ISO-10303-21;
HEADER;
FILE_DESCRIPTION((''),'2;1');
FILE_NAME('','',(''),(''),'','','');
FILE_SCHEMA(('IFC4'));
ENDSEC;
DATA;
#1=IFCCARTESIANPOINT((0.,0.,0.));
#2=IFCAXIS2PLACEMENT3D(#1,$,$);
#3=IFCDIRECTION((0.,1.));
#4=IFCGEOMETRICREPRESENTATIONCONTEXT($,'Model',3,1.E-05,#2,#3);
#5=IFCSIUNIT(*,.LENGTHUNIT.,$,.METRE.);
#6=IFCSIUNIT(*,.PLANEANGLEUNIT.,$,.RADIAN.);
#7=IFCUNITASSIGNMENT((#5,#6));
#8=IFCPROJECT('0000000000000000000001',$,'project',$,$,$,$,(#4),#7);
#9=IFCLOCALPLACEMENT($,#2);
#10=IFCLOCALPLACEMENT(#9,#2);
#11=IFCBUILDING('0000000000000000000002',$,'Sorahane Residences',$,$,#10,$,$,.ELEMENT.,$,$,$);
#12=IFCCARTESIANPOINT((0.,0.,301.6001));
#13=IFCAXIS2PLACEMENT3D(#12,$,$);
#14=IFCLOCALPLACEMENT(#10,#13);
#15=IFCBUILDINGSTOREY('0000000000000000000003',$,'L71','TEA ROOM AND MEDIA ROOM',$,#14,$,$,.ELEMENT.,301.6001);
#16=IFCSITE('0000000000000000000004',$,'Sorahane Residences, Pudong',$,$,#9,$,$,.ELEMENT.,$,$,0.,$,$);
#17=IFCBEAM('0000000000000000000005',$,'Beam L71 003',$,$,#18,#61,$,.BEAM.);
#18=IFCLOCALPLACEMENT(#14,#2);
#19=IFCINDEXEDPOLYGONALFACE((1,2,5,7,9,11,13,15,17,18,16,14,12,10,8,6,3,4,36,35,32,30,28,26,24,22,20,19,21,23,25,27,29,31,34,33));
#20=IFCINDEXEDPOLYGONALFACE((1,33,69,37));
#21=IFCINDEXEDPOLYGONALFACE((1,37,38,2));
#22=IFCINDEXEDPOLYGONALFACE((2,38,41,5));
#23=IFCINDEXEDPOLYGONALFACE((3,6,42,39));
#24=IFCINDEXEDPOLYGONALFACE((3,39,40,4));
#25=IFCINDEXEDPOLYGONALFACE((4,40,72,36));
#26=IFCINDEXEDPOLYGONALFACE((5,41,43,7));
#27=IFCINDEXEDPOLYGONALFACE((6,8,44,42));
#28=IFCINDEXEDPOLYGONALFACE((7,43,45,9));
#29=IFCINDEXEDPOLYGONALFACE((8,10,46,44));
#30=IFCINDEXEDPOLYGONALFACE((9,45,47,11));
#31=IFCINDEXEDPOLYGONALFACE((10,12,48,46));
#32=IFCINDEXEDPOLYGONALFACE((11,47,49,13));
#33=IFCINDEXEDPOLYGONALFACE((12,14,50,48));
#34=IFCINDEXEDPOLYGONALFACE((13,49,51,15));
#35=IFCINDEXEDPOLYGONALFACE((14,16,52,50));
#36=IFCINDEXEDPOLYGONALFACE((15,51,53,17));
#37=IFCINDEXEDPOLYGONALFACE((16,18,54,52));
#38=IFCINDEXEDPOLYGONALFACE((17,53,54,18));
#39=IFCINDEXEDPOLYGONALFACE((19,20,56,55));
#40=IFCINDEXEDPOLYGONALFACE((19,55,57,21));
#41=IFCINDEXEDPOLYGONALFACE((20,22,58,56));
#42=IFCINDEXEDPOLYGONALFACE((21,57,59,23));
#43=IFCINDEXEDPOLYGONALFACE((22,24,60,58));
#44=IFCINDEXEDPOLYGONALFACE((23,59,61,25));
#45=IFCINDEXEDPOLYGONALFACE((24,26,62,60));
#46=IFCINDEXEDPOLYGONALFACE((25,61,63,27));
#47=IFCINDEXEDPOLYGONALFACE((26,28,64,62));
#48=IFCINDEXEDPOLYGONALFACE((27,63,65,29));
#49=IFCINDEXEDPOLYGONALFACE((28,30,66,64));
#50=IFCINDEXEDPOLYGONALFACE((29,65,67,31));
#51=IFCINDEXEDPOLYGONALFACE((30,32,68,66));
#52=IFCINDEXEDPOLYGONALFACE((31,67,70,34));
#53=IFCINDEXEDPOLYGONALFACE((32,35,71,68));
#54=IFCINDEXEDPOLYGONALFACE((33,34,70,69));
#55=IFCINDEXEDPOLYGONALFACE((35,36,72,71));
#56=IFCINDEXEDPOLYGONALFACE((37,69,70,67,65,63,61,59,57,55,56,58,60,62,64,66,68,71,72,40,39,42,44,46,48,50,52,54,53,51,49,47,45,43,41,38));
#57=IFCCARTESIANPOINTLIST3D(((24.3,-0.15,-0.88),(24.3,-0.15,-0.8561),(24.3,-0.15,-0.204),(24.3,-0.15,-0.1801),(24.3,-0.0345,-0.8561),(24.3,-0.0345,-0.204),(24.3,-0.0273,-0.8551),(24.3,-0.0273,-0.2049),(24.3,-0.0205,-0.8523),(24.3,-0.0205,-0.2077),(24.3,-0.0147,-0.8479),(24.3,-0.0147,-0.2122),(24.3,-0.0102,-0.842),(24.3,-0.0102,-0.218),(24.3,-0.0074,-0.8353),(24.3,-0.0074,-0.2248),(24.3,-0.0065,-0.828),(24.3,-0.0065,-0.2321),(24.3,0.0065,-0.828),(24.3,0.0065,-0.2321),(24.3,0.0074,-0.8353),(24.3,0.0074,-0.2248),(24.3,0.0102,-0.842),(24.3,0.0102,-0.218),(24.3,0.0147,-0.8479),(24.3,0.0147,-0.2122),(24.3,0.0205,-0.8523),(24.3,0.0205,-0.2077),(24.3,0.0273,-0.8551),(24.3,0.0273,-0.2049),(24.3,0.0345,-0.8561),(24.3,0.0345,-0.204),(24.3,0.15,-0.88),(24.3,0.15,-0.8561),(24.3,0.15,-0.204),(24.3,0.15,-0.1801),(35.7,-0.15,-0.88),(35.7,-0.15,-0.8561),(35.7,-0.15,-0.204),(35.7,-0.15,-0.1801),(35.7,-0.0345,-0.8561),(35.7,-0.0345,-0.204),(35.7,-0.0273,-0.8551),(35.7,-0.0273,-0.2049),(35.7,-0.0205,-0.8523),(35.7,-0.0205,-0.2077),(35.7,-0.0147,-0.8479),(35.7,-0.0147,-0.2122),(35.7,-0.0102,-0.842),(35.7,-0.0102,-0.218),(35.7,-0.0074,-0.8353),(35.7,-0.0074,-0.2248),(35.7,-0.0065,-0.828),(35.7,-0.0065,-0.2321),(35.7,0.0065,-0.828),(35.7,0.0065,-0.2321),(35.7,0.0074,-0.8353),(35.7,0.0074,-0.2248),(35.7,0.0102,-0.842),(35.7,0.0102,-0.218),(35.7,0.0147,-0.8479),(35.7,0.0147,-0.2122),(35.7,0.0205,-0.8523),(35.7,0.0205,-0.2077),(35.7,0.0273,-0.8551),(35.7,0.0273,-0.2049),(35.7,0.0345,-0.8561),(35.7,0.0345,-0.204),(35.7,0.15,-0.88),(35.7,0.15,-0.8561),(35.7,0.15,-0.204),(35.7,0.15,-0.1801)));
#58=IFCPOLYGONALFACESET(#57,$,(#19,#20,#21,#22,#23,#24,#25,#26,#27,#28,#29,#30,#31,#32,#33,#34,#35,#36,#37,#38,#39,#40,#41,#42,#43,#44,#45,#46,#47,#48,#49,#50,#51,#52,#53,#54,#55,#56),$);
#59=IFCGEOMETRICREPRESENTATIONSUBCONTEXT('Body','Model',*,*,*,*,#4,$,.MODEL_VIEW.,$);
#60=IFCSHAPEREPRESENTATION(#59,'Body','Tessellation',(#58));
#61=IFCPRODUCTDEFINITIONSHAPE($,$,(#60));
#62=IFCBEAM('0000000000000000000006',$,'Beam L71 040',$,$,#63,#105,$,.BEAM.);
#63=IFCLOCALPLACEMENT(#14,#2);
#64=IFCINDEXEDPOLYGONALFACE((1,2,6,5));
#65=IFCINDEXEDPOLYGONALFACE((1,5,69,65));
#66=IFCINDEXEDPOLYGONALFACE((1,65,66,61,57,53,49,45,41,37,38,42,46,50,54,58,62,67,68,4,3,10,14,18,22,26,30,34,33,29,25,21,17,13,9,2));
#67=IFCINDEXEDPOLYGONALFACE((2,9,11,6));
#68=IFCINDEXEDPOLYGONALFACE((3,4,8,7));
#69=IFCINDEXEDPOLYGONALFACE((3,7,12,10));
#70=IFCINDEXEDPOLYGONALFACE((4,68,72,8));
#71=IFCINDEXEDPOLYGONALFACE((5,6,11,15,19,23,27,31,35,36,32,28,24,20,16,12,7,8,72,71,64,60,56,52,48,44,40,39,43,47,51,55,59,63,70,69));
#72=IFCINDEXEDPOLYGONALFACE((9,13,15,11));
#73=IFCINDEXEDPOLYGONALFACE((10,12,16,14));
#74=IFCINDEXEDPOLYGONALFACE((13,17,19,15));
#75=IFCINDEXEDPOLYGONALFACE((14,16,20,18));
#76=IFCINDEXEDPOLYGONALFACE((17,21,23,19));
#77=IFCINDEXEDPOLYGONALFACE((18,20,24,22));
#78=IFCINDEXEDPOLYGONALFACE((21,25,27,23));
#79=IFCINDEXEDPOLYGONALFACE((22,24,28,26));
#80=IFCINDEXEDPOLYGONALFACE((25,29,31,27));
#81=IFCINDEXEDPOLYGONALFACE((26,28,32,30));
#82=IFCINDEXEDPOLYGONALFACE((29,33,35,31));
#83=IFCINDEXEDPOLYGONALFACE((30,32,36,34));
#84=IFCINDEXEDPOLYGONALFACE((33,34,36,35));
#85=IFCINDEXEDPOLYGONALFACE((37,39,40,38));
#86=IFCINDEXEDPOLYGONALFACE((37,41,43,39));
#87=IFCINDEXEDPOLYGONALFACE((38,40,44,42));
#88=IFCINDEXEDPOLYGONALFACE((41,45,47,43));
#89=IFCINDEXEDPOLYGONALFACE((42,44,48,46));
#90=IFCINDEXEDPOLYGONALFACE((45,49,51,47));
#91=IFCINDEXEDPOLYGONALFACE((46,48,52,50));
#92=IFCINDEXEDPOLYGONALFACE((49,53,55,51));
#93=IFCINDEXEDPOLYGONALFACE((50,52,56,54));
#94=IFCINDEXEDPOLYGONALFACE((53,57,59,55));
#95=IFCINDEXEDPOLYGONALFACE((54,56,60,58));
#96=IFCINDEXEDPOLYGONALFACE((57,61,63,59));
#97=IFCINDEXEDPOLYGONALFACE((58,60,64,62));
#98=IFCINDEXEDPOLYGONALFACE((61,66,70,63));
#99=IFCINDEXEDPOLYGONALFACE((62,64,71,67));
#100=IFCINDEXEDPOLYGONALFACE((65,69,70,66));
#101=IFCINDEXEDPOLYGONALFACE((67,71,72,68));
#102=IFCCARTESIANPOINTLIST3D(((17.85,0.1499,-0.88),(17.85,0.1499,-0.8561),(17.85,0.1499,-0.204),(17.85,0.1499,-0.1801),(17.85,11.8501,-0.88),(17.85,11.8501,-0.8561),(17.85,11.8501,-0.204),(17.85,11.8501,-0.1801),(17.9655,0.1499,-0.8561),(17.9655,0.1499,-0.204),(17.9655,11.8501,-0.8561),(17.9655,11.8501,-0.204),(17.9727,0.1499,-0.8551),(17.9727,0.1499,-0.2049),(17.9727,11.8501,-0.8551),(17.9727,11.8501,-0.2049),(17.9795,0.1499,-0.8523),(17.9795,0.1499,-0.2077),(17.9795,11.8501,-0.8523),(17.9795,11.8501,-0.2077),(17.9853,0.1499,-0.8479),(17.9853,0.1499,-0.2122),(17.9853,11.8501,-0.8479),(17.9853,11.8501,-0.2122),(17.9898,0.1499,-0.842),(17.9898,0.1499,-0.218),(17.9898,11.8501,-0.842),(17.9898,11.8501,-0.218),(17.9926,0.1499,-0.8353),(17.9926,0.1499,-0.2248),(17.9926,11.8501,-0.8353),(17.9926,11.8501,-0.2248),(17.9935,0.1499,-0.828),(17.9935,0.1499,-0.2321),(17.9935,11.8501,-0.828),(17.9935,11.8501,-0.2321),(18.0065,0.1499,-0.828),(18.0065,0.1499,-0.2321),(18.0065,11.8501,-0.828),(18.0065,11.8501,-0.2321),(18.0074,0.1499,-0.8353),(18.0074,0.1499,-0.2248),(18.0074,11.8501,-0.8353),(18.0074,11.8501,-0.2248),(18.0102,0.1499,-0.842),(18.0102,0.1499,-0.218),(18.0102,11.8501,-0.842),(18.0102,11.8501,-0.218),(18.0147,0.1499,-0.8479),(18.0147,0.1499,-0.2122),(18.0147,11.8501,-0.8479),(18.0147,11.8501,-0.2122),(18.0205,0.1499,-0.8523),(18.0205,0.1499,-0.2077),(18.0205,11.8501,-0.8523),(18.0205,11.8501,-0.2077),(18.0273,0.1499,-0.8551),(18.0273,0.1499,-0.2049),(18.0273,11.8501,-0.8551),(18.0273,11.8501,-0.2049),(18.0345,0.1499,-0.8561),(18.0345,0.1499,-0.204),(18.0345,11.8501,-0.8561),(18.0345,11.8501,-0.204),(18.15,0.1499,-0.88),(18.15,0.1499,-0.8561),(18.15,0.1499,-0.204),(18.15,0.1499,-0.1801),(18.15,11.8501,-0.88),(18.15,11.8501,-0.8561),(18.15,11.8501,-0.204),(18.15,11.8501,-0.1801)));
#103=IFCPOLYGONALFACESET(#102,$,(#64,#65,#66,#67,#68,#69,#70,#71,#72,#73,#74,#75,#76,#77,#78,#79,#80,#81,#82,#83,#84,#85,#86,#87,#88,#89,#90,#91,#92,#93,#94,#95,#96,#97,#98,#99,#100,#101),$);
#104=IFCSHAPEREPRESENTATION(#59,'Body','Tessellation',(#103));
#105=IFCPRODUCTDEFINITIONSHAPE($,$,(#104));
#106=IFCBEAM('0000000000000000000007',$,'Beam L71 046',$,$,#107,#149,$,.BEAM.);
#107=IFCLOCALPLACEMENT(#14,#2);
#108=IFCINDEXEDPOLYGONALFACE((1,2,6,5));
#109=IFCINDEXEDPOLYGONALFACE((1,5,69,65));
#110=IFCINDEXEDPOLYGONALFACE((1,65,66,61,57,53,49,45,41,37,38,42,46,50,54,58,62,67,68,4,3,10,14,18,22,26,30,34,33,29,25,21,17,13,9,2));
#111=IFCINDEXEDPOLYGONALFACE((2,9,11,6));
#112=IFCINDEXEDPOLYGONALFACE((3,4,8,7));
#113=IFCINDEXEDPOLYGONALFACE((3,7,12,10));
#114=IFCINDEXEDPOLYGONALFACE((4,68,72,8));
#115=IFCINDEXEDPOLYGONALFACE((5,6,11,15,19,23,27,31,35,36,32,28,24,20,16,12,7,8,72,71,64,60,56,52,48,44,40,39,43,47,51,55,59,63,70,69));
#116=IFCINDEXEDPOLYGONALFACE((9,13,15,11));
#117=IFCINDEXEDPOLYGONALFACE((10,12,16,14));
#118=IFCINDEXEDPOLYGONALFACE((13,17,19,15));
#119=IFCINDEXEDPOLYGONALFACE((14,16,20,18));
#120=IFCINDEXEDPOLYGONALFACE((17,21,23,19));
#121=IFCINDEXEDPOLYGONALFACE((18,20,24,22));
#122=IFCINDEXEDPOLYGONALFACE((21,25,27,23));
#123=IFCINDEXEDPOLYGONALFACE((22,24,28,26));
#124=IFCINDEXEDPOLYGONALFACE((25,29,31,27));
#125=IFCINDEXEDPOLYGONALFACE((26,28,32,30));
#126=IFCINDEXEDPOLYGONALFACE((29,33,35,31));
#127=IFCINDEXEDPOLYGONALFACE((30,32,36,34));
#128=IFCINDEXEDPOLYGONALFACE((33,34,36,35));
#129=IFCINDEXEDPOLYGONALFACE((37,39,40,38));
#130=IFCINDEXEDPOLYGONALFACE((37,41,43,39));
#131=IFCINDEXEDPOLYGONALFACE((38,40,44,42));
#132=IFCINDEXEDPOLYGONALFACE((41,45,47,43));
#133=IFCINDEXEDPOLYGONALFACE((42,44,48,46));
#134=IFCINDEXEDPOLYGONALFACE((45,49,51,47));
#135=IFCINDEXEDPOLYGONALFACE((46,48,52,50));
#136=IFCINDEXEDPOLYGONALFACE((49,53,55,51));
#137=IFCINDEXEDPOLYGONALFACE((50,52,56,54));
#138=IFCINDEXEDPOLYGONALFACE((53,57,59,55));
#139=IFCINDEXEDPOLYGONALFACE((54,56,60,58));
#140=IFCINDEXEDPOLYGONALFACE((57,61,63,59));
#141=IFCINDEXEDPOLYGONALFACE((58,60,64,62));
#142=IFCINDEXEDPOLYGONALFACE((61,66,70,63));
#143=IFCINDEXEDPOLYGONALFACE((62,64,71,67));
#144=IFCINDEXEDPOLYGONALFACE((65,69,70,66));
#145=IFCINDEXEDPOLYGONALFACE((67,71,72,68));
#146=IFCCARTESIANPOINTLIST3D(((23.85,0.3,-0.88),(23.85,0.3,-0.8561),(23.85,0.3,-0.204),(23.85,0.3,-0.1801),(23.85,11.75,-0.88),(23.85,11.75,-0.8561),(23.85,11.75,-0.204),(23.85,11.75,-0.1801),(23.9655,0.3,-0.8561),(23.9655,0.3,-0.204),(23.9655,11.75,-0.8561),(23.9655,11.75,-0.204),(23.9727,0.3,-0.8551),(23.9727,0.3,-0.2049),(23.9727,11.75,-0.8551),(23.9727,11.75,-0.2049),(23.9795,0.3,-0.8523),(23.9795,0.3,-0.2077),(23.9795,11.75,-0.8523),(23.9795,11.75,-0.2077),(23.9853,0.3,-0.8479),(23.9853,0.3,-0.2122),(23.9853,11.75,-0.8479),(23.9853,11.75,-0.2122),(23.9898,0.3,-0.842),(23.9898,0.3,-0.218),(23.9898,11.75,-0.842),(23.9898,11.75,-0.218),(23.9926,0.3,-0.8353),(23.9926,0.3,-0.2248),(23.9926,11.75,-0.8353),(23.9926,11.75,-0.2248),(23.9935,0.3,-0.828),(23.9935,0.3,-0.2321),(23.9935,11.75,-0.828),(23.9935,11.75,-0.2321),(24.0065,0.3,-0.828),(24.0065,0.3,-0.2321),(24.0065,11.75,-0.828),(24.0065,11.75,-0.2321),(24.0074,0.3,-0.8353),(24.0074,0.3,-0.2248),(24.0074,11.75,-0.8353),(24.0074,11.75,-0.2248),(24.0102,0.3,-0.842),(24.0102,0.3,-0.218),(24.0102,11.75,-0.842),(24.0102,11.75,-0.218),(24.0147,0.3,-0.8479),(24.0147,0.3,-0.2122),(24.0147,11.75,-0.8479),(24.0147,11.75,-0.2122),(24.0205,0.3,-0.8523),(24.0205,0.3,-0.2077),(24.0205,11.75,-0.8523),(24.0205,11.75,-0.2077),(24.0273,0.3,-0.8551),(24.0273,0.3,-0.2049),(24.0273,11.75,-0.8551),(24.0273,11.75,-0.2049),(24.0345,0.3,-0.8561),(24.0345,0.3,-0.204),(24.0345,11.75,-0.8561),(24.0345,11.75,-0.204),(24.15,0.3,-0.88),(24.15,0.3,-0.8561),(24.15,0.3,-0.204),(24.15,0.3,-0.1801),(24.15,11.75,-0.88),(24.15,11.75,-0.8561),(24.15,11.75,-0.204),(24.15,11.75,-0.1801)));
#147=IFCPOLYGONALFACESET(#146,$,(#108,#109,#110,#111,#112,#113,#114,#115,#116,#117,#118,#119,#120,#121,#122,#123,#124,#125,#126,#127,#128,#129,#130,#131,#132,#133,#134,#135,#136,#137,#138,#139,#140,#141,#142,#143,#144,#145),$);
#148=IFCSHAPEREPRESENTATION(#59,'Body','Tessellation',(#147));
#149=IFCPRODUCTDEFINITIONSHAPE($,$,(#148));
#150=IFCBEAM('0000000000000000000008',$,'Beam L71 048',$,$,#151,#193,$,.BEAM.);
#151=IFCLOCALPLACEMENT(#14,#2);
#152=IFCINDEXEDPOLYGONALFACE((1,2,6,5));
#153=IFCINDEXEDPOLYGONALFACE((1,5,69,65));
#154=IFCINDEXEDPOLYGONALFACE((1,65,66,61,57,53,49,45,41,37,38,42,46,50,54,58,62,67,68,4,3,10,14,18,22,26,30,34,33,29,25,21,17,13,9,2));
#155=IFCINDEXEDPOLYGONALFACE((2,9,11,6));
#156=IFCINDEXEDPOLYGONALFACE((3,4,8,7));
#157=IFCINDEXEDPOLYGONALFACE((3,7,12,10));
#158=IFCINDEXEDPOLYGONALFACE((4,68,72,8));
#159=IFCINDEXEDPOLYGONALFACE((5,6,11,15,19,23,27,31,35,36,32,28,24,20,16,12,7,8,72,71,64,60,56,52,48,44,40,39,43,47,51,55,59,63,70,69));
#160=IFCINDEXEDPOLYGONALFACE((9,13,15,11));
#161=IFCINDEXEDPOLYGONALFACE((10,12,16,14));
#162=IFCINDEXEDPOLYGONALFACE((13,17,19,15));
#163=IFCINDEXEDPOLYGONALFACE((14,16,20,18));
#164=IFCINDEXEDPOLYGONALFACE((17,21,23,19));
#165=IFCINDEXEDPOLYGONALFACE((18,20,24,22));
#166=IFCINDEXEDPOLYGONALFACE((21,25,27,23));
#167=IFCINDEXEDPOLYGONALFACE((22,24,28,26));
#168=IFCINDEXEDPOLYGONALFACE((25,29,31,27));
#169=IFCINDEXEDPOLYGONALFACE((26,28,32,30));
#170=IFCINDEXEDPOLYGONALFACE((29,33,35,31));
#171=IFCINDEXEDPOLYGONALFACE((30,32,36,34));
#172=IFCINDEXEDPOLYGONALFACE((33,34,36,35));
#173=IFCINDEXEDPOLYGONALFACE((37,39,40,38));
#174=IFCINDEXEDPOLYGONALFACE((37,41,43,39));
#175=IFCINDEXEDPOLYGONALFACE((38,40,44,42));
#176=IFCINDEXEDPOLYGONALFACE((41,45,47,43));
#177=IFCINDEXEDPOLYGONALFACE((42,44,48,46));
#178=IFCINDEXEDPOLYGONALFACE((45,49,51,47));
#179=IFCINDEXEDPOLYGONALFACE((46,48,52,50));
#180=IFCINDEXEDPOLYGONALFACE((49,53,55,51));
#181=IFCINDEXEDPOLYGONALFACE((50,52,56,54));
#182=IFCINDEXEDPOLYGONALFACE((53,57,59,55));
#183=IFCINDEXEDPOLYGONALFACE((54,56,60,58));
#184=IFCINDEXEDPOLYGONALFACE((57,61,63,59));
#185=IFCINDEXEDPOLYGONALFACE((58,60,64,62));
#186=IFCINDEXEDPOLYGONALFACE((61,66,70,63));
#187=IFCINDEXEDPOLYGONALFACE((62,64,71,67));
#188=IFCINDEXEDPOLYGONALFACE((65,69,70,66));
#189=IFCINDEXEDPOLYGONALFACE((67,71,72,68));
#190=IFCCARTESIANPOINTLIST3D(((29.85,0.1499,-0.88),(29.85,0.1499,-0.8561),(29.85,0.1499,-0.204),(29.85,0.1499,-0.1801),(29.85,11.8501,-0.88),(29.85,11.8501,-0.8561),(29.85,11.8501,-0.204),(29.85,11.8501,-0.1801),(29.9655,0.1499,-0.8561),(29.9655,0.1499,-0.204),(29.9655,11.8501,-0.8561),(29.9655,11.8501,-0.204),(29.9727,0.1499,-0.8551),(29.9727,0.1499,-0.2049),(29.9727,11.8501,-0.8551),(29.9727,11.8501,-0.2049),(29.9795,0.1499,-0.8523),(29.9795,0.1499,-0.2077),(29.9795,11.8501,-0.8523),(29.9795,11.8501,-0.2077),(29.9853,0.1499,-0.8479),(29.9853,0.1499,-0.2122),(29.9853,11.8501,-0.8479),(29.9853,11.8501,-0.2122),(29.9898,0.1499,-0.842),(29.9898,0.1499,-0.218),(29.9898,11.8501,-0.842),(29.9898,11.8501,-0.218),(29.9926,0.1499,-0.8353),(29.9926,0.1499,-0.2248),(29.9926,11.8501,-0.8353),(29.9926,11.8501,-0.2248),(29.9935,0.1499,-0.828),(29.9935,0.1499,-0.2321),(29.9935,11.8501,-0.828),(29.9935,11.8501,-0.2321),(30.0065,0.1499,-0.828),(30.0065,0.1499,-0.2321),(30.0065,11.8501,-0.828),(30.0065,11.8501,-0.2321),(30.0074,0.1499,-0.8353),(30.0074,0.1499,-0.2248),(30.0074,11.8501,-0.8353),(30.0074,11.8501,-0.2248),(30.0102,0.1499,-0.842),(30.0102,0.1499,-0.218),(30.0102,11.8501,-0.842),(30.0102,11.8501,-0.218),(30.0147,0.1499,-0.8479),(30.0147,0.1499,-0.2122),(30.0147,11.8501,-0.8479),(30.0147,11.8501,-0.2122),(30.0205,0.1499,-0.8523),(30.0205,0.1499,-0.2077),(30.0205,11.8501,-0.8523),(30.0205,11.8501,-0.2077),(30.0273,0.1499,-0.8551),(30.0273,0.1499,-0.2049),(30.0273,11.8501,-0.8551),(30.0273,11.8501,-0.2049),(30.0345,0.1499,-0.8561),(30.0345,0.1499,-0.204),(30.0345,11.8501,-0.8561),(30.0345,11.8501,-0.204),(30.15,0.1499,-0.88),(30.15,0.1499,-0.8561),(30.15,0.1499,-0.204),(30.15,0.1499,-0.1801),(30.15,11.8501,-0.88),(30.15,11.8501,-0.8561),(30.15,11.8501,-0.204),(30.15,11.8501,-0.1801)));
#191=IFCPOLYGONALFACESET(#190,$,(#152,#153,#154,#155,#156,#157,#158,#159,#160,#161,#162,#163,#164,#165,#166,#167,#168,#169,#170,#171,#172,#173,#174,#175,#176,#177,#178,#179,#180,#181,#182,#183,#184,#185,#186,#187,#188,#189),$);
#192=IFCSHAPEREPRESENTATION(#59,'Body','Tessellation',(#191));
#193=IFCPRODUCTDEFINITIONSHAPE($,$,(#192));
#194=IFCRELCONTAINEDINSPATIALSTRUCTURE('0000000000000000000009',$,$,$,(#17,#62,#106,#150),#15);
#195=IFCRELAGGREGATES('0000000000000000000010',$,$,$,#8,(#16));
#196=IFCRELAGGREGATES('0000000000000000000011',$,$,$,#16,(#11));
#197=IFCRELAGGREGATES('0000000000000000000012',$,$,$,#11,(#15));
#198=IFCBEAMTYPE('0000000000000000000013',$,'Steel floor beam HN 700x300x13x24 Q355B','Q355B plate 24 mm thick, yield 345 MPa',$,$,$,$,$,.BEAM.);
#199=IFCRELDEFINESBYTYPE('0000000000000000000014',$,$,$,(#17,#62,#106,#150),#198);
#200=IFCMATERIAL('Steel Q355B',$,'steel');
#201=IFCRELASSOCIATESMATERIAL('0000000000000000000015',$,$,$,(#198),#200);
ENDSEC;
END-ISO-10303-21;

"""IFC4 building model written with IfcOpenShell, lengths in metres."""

from ifc_helpers import new_model, si_unit, direction, frame, origin, origin_2d, place, context, subcontext, project, spatial, i_section, extrude, material, material_profile, profile_set, type_object, element, save


model = new_model("IFC4")

# Units and contexts
model_context = context("Model", 3, precision=1e-05, world=origin(), true_north=direction((0.0, 1.0)))
body_context = subcontext(model_context, "Body", "Model", "MODEL_VIEW")
ifc_project = project(units=[si_unit("LENGTHUNIT", "METRE"), si_unit("PLANEANGLEUNIT", "RADIAN")], contexts=[model_context])

# Site, building, storey
site_placement = place(None, origin())
site = spatial("IfcSite", under=ifc_project, at=site_placement, Name="Sorahane Residences, Pudong", CompositionType="ELEMENT", RefElevation=0.0)
building_placement = place(site_placement, origin())
building = spatial("IfcBuilding", under=site, at=building_placement, Name="Sorahane Residences", CompositionType="ELEMENT")
storey_placement = place(building_placement, frame((0.0, 0.0, 301.6001)))
storey = spatial("IfcBuildingStorey", under=building, at=storey_placement, Name="L71", Description="TEA ROOM AND MEDIA ROOM", CompositionType="ELEMENT", Elevation=301.6001)

# Beams
ifc_material_1 = material(Name="Steel Q355B", Category="steel")
ifc_material_profile_1 = material_profile(ifc_material_1, i_section(OverallWidth=0.3, OverallDepth=0.7, WebThickness=0.0129, FlangeThickness=0.0239, FilletRadius=0.0281, at=origin_2d()), Name="HN 700x300x13x24")
ifc_profile_set_1 = profile_set([ifc_material_profile_1], Name="Steel Q355B")
beam_type_1 = type_object("IfcBeamType", Name="Steel floor beam HN 700x300x13x24 Q355B", Description="Q355B plate 24 mm thick, yield 345 MPa", PredefinedType="BEAM", material=ifc_profile_set_1)
beam_1_placement = place(storey_placement, frame((24.3, 0.0, -0.53), z_axis=(1.0, 0.0, 0.0), x_axis=(0.0, 1.0, 0.0)))
element("IfcBeam", 1, at=beam_1_placement, inside=storey, type_object=beam_type_1, Name="Beam L71 003", PredefinedType="BEAM", context=body_context, shape_type="SweptSolid", body=[
    extrude(i_section(OverallWidth=0.3, OverallDepth=0.7, WebThickness=0.0129, FlangeThickness=0.0239, FilletRadius=0.0281, at=origin_2d()), origin(), (0.0, 0.0, 1.0), 11.3999),
])
beam_2_placement = place(storey_placement, frame((18.0, 0.1499, -0.53), z_axis=(0.0, 1.0, 0.0), x_axis=(-1.0, 0.0, 0.0)))
element("IfcBeam", 2, at=beam_2_placement, inside=storey, type_object=beam_type_1, Name="Beam L71 040", PredefinedType="BEAM", context=body_context, shape_type="SweptSolid", body=[
    extrude(i_section(OverallWidth=0.3, OverallDepth=0.7, WebThickness=0.0129, FlangeThickness=0.0239, FilletRadius=0.0281, at=origin_2d()), origin(), (0.0, 0.0, 1.0), 11.7002),
])
beam_3_placement = place(storey_placement, frame((24.0, 0.3, -0.53), z_axis=(0.0, 1.0, 0.0), x_axis=(-1.0, 0.0, 0.0)))
element("IfcBeam", 3, at=beam_3_placement, inside=storey, type_object=beam_type_1, Name="Beam L71 046", PredefinedType="BEAM", context=body_context, shape_type="SweptSolid", body=[
    extrude(i_section(OverallWidth=0.3, OverallDepth=0.7, WebThickness=0.0129, FlangeThickness=0.0239, FilletRadius=0.0281, at=origin_2d()), origin(), (0.0, 0.0, 1.0), 11.45),
])
beam_4_placement = place(storey_placement, frame((30.0, 0.1499, -0.53), z_axis=(0.0, 1.0, 0.0), x_axis=(-1.0, 0.0, 0.0)))
element("IfcBeam", 4, at=beam_4_placement, inside=storey, type_object=beam_type_1, Name="Beam L71 048", PredefinedType="BEAM", context=body_context, shape_type="SweptSolid", body=[
    extrude(i_section(OverallWidth=0.3, OverallDepth=0.7, WebThickness=0.0129, FlangeThickness=0.0239, FilletRadius=0.0281, at=origin_2d()), origin(), (0.0, 0.0, 1.0), 11.7002),
])

save(model, "model.ifc")
